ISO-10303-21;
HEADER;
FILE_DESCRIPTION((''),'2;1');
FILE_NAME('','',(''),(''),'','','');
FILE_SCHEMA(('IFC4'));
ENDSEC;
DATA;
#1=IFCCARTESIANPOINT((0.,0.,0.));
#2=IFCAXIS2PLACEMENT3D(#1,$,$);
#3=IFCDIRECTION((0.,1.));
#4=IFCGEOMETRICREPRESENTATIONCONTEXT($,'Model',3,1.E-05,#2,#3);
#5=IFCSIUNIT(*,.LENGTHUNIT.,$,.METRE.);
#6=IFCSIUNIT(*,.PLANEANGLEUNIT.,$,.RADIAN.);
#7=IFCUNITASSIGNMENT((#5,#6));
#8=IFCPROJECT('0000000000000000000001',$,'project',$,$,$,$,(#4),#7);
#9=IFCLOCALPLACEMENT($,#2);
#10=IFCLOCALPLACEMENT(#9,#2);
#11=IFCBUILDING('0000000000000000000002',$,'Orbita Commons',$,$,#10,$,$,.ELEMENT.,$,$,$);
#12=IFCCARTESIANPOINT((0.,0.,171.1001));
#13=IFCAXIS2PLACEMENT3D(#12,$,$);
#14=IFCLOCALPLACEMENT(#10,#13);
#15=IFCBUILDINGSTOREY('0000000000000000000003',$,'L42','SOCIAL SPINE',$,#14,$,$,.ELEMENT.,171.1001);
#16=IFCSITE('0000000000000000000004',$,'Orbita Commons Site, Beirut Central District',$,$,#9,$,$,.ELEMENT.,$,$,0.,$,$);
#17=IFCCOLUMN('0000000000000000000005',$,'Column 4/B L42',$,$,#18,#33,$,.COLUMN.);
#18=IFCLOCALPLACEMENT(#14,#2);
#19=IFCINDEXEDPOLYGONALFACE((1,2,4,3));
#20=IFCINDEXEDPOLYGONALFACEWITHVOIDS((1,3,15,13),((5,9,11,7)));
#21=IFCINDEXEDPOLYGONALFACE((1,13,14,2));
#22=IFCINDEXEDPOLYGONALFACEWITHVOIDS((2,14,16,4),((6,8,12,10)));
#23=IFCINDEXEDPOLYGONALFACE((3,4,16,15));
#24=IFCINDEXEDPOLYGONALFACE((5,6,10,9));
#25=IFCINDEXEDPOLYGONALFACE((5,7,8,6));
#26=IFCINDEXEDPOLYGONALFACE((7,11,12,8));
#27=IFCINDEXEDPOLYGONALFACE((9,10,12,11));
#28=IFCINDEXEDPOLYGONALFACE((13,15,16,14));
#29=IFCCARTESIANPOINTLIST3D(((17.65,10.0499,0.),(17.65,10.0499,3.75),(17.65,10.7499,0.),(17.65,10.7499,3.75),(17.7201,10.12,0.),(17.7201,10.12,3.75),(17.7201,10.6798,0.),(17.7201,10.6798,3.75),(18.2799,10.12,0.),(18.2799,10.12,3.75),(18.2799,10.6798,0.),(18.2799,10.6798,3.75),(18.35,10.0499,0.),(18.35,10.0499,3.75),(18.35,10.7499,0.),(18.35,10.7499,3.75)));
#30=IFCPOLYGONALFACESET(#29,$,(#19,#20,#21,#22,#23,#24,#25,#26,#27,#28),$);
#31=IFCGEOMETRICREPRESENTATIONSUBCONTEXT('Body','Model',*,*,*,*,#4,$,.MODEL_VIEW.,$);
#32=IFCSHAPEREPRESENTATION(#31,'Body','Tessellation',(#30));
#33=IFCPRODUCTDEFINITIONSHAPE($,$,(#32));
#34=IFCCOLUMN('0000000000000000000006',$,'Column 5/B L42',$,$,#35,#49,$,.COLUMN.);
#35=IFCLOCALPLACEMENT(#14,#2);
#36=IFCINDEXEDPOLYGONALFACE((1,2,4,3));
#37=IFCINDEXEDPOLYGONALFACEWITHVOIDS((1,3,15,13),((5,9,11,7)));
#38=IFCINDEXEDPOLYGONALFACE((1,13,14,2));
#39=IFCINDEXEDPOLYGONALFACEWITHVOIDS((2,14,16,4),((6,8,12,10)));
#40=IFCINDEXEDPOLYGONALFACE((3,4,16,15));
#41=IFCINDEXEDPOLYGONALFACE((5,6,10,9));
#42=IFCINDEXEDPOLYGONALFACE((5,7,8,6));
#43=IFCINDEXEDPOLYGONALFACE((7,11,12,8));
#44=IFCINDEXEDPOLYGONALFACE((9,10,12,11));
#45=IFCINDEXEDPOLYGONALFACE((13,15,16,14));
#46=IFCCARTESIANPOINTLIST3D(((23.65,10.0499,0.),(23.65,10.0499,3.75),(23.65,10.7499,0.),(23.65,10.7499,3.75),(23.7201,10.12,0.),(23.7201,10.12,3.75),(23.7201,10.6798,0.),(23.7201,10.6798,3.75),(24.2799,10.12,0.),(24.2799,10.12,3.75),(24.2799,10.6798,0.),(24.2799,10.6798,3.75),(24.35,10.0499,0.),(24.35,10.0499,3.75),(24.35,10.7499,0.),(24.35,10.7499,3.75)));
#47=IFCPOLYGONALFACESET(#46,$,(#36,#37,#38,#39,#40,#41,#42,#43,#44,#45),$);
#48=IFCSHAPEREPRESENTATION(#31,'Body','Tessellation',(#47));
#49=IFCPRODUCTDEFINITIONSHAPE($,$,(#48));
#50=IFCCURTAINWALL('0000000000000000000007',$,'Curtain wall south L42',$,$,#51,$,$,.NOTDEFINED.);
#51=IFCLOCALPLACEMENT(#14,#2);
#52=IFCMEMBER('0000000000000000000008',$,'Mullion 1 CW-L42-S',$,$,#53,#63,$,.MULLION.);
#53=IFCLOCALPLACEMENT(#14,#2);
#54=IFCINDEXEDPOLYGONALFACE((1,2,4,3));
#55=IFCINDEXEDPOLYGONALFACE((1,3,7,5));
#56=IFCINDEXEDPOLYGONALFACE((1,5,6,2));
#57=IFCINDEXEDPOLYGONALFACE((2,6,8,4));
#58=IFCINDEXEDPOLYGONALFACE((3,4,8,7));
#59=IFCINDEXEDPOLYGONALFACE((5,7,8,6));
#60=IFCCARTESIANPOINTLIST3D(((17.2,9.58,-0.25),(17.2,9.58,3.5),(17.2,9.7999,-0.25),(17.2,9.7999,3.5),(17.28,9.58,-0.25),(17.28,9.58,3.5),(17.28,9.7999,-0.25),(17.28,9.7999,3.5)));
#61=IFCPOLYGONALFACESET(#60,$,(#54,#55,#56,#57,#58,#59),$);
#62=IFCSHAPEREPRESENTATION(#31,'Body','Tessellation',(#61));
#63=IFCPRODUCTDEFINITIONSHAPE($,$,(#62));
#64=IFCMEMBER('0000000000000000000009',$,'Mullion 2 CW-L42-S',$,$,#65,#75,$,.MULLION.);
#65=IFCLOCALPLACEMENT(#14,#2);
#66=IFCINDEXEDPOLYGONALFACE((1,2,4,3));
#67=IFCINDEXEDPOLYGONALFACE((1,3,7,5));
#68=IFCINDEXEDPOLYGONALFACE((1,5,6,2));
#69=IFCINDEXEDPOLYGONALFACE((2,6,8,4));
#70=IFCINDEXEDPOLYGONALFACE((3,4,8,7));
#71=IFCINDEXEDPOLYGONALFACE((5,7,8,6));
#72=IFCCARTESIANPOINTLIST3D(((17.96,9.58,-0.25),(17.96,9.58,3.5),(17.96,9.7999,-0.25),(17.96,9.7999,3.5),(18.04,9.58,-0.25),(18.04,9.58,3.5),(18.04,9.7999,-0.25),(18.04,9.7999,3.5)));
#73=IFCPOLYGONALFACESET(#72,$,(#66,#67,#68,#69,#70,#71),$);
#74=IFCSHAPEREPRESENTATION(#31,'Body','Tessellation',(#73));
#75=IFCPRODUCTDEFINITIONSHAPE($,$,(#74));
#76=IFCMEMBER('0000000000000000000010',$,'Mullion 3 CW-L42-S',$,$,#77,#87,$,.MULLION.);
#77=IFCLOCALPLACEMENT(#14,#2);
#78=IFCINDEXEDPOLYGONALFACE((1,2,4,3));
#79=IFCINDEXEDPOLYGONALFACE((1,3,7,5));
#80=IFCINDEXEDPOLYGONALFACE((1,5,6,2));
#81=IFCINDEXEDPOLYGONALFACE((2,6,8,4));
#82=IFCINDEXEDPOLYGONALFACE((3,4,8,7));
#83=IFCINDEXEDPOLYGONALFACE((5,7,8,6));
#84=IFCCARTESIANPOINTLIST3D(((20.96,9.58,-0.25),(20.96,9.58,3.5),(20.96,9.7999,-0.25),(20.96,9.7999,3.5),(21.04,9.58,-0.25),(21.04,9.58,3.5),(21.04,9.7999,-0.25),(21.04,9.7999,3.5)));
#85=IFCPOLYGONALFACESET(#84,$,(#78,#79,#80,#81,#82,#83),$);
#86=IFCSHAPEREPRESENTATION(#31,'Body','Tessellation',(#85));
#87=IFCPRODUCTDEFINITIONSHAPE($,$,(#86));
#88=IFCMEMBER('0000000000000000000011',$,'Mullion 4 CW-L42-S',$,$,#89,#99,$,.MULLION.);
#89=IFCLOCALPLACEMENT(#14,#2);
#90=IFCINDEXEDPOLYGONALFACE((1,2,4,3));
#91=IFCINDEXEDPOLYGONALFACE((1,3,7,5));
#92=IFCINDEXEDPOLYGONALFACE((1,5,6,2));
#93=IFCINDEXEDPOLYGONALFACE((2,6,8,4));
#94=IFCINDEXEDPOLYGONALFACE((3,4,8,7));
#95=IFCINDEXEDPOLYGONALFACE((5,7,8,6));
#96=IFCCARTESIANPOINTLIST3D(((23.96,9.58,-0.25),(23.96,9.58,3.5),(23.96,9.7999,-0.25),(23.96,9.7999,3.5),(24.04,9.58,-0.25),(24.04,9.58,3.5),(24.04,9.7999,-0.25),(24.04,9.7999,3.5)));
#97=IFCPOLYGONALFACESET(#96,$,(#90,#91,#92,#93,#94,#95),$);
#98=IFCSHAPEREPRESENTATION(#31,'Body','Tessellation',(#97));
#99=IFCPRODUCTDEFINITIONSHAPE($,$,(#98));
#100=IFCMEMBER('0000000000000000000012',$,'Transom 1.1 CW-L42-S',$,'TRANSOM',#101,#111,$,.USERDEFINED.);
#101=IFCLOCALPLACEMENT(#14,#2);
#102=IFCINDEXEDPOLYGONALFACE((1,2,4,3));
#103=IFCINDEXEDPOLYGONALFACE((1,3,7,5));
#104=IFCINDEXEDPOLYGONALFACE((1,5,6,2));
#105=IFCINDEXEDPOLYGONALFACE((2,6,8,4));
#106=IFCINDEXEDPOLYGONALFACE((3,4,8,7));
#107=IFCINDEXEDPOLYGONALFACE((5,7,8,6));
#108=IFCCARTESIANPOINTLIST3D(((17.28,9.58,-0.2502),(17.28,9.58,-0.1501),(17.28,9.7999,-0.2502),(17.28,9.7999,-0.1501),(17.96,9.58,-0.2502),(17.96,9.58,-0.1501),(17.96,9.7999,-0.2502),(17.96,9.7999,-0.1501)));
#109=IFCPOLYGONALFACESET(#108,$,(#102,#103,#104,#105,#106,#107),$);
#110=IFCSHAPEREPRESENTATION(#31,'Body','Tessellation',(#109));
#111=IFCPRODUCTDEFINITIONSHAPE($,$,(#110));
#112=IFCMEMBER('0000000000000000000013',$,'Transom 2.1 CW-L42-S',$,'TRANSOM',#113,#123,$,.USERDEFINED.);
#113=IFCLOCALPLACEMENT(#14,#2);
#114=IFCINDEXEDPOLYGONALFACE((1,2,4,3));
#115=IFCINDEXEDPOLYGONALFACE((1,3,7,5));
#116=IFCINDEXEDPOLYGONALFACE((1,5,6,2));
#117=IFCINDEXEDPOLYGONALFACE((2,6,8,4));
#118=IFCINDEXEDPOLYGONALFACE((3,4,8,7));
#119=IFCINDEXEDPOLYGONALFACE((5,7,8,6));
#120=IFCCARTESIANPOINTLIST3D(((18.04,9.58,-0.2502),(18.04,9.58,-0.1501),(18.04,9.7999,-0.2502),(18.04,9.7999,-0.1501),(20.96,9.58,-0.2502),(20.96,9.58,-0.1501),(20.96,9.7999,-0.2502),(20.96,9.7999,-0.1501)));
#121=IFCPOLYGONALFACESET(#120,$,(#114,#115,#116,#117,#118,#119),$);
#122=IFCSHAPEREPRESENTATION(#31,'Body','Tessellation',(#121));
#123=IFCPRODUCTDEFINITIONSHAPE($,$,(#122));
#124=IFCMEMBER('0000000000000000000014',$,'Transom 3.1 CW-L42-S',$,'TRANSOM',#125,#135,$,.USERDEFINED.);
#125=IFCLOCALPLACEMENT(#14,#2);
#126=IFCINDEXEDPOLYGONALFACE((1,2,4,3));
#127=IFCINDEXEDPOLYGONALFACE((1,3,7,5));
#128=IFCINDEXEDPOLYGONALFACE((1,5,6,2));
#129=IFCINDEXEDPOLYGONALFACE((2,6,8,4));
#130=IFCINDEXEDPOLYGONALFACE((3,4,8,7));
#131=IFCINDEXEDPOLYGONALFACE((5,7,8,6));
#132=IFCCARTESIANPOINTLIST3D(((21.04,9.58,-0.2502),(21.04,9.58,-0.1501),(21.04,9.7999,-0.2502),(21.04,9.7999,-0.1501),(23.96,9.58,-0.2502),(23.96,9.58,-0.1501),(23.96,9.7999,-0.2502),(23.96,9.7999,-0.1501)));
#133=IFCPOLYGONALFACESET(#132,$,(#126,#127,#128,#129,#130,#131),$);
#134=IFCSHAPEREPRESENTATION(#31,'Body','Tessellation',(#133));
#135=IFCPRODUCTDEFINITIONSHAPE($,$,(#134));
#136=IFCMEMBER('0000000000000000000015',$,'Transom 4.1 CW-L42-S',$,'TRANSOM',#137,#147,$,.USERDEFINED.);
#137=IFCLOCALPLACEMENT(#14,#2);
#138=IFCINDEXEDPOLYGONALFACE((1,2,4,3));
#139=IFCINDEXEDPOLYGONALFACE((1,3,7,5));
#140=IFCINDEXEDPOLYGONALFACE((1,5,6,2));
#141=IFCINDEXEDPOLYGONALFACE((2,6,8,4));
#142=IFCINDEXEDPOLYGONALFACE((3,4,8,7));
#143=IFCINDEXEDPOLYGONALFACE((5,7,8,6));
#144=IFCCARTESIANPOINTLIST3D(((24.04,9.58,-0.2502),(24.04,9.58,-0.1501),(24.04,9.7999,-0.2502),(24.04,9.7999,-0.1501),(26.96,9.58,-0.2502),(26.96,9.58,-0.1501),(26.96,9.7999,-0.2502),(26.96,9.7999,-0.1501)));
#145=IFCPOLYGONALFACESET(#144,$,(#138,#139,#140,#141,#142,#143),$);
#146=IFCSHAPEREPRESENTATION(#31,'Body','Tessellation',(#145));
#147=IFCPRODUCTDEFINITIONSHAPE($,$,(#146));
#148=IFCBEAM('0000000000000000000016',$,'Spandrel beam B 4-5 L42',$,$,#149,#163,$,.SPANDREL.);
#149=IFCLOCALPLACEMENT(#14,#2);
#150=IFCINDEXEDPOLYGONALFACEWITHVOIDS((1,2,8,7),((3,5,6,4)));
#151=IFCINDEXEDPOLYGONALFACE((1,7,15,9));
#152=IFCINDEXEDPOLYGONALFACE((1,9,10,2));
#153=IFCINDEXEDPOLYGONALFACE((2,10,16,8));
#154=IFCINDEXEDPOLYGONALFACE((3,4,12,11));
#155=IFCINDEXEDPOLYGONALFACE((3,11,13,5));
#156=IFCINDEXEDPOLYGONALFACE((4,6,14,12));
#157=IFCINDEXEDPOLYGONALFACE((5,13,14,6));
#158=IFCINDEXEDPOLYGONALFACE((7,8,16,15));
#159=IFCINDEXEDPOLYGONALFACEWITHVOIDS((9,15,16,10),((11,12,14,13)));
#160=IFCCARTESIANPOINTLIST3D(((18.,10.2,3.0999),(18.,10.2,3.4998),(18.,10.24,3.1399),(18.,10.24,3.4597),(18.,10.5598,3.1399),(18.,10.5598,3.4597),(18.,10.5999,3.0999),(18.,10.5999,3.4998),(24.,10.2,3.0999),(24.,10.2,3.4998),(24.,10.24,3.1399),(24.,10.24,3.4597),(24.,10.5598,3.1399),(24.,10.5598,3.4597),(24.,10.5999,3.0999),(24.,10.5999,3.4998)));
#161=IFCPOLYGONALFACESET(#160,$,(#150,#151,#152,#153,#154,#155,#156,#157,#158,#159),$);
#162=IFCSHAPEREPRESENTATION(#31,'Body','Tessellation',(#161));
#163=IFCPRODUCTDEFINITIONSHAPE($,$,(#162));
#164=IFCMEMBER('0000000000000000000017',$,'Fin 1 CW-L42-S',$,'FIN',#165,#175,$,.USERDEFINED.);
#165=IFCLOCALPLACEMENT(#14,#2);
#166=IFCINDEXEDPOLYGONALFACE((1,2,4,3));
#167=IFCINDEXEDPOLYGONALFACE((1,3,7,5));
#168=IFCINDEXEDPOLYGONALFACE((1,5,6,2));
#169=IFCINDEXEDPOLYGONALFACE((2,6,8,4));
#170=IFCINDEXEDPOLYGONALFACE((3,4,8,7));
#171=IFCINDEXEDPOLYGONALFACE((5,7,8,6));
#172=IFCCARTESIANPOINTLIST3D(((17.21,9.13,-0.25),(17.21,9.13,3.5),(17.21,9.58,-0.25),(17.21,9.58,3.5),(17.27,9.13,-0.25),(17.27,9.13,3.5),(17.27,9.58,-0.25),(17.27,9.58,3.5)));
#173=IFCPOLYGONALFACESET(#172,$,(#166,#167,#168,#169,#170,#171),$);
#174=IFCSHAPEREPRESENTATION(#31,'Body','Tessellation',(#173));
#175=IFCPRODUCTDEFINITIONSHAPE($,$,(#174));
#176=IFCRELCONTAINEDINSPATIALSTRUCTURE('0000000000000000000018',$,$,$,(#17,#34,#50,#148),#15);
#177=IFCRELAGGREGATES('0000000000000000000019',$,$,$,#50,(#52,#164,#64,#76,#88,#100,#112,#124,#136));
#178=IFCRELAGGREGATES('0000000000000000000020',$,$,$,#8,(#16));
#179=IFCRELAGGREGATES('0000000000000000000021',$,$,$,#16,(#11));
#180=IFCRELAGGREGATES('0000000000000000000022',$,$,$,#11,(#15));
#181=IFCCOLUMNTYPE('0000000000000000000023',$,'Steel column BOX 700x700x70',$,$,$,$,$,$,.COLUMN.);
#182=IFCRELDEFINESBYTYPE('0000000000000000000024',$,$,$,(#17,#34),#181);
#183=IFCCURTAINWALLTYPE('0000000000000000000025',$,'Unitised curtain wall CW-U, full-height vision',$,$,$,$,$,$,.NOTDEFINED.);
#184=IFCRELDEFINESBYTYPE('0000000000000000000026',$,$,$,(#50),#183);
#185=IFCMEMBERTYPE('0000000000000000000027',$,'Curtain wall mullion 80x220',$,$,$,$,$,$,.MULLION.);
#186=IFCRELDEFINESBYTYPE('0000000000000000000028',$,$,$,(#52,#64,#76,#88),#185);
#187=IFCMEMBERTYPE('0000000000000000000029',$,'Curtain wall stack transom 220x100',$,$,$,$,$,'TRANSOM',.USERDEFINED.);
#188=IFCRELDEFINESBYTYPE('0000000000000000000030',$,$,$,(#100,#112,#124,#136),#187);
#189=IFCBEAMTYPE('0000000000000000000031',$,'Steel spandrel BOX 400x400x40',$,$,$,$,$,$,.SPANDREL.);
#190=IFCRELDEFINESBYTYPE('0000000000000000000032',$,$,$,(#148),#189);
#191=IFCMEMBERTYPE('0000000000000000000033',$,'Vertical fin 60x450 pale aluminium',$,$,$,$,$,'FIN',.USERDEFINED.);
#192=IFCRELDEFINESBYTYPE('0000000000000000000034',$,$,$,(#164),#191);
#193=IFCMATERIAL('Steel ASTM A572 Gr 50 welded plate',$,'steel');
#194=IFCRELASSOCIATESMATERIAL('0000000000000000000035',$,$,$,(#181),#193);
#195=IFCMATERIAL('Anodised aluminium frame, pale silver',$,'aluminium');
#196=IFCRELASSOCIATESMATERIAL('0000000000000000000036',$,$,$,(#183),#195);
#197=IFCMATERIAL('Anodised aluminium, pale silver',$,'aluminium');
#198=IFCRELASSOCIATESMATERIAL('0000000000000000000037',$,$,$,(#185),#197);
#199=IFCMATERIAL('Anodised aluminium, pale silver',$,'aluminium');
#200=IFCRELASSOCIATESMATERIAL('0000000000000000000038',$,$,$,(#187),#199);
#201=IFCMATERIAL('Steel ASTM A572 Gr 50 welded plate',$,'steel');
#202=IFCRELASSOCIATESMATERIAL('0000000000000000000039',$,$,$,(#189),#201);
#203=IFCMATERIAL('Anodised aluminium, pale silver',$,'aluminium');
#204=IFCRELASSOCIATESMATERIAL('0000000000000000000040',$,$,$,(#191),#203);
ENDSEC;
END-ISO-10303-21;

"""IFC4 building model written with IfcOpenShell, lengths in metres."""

from ifc_helpers import new_model, si_unit, direction, frame, origin, origin_2d, place, context, subcontext, project, spatial, rectangle, hollow_rectangle, extrude, material, material_profile, profile_set, type_object, element, aggregate, save


model = new_model("IFC4")

# Units and contexts
model_context = context("Model", 3, precision=1e-05, world=origin(), true_north=direction((0.0, 1.0)))
body_context = subcontext(model_context, "Body", "Model", "MODEL_VIEW")
ifc_project = project(units=[si_unit("LENGTHUNIT", "METRE"), si_unit("PLANEANGLEUNIT", "RADIAN")], contexts=[model_context])

# Site, building, storey
site_placement = place(None, origin())
site = spatial("IfcSite", under=ifc_project, at=site_placement, Name="Orbita Commons Site, Beirut Central District", CompositionType="ELEMENT", RefElevation=0.0)
building_placement = place(site_placement, origin())
building = spatial("IfcBuilding", under=site, at=building_placement, Name="Orbita Commons", CompositionType="ELEMENT")
storey_placement = place(building_placement, frame((0.0, 0.0, 171.1001)))
storey = spatial("IfcBuildingStorey", under=building, at=storey_placement, Name="L42", Description="SOCIAL SPINE", CompositionType="ELEMENT", Elevation=171.1001)

# Columns
ifc_material_1 = material(Name="Steel ASTM A572 Gr 50 welded plate", Category="steel")
ifc_material_profile_1 = material_profile(ifc_material_1, hollow_rectangle(XDim=0.7, YDim=0.7, WallThickness=0.0701, at=origin_2d()), Name="BOX 700x700x70")
ifc_profile_set_1 = profile_set([ifc_material_profile_1], Name="Steel ASTM A572 Gr 50 welded plate")
column_type = type_object("IfcColumnType", Name="Steel column BOX 700x700x70", PredefinedType="COLUMN", material=ifc_profile_set_1)
for number, where, z_axis, x_axis, name in (
    (1, (18.0, 10.3999, 0.0), (0.0, 0.0, 1.0), (1.0, 0.0, 0.0), "Column 4/B L42"),
    (2, (24.0, 10.3999, 0.0), (0.0, 0.0, 1.0), (1.0, 0.0, 0.0), "Column 5/B L42"),
):
    element("IfcColumn", number, at=place(storey_placement, frame(where, z_axis=z_axis, x_axis=x_axis)), inside=storey, type_object=column_type, Name=name, PredefinedType="COLUMN", context=body_context, shape_type="SweptSolid", body=[
        extrude(hollow_rectangle(XDim=0.7, YDim=0.7, WallThickness=0.0701, at=origin_2d()), origin(), (0.0, 0.0, 1.0), 3.75),
    ])

# Curtain wall, members
ifc_material_2 = material(Name="Anodised aluminium frame, pale silver", Category="aluminium")
curtain_wall_type = type_object("IfcCurtainWallType", Name="Unitised curtain wall CW-U, full-height vision", PredefinedType="NOTDEFINED", material=ifc_material_2)
curtain_wall_placement = place(storey_placement, origin())
curtain_wall = element("IfcCurtainWall", 3, at=curtain_wall_placement, inside=storey, type_object=curtain_wall_type, Name="Curtain wall south L42", PredefinedType="NOTDEFINED")
ifc_material_3 = material(Name="Anodised aluminium, pale silver", Category="aluminium")
ifc_material_profile_2 = material_profile(ifc_material_3, rectangle(XDim=0.0801, YDim=0.22, at=origin_2d()), Name="AL 80x220")
ifc_profile_set_2 = profile_set([ifc_material_profile_2], Name="Anodised aluminium, pale silver")
member_type_1 = type_object("IfcMemberType", Name="Curtain wall mullion 80x220", PredefinedType="MULLION", material=ifc_profile_set_2)
member_1_placement = place(storey_placement, frame((17.24, 9.6899, -0.25), z_axis=(0.0, 0.0, 1.0), x_axis=(1.0, 0.0, 0.0)))
member_1 = element("IfcMember", 4, at=member_1_placement, type_object=member_type_1, Name="Mullion 1 CW-L42-S", PredefinedType="MULLION", context=body_context, shape_type="SweptSolid", body=[
    extrude(rectangle(XDim=0.0801, YDim=0.22, at=origin_2d()), origin(), (0.0, 0.0, 1.0), 3.75),
])
member_2_placement = place(storey_placement, frame((18.0, 9.6899, -0.25), z_axis=(0.0, 0.0, 1.0), x_axis=(1.0, 0.0, 0.0)))
member_2 = element("IfcMember", 5, at=member_2_placement, type_object=member_type_1, Name="Mullion 2 CW-L42-S", PredefinedType="MULLION", context=body_context, shape_type="SweptSolid", body=[
    extrude(rectangle(XDim=0.0801, YDim=0.22, at=origin_2d()), origin(), (0.0, 0.0, 1.0), 3.75),
])
member_3_placement = place(storey_placement, frame((21.0, 9.6899, -0.25), z_axis=(0.0, 0.0, 1.0), x_axis=(1.0, 0.0, 0.0)))
member_3 = element("IfcMember", 6, at=member_3_placement, type_object=member_type_1, Name="Mullion 3 CW-L42-S", PredefinedType="MULLION", context=body_context, shape_type="SweptSolid", body=[
    extrude(rectangle(XDim=0.0801, YDim=0.22, at=origin_2d()), origin(), (0.0, 0.0, 1.0), 3.75),
])
member_4_placement = place(storey_placement, frame((24.0, 9.6899, -0.25), z_axis=(0.0, 0.0, 1.0), x_axis=(1.0, 0.0, 0.0)))
member_4 = element("IfcMember", 7, at=member_4_placement, type_object=member_type_1, Name="Mullion 4 CW-L42-S", PredefinedType="MULLION", context=body_context, shape_type="SweptSolid", body=[
    extrude(rectangle(XDim=0.0801, YDim=0.22, at=origin_2d()), origin(), (0.0, 0.0, 1.0), 3.75),
])
ifc_material_4 = material(Name="Anodised aluminium, pale silver", Category="aluminium")
ifc_material_profile_3 = material_profile(ifc_material_4, rectangle(XDim=0.22, YDim=0.1001, at=origin_2d()), Name="AL 220x100")
ifc_profile_set_3 = profile_set([ifc_material_profile_3], Name="Anodised aluminium, pale silver")
member_type_2 = type_object("IfcMemberType", Name="Curtain wall stack transom 220x100", ElementType="TRANSOM", PredefinedType="USERDEFINED", material=ifc_profile_set_3)
member_5_placement = place(storey_placement, frame((17.28, 9.6899, -0.2002), z_axis=(1.0, 0.0, 0.0), x_axis=(0.0, 1.0, 0.0)))
member_5 = element("IfcMember", 8, at=member_5_placement, type_object=member_type_2, Name="Transom 1.1 CW-L42-S", ObjectType="TRANSOM", PredefinedType="USERDEFINED", context=body_context, shape_type="SweptSolid", body=[
    extrude(rectangle(XDim=0.22, YDim=0.1001, at=origin_2d()), origin(), (0.0, 0.0, 1.0), 0.6799),
])
member_6_placement = place(storey_placement, frame((18.04, 9.6899, -0.2002), z_axis=(1.0, 0.0, 0.0), x_axis=(0.0, 1.0, 0.0)))
member_6 = element("IfcMember", 9, at=member_6_placement, type_object=member_type_2, Name="Transom 2.1 CW-L42-S", ObjectType="TRANSOM", PredefinedType="USERDEFINED", context=body_context, shape_type="SweptSolid", body=[
    extrude(rectangle(XDim=0.22, YDim=0.1001, at=origin_2d()), origin(), (0.0, 0.0, 1.0), 2.9199),
])
member_7_placement = place(storey_placement, frame((21.04, 9.6899, -0.2002), z_axis=(1.0, 0.0, 0.0), x_axis=(0.0, 1.0, 0.0)))
member_7 = element("IfcMember", 10, at=member_7_placement, type_object=member_type_2, Name="Transom 3.1 CW-L42-S", ObjectType="TRANSOM", PredefinedType="USERDEFINED", context=body_context, shape_type="SweptSolid", body=[
    extrude(rectangle(XDim=0.22, YDim=0.1001, at=origin_2d()), origin(), (0.0, 0.0, 1.0), 2.9199),
])
member_8_placement = place(storey_placement, frame((24.04, 9.6899, -0.2002), z_axis=(1.0, 0.0, 0.0), x_axis=(0.0, 1.0, 0.0)))
member_8 = element("IfcMember", 11, at=member_8_placement, type_object=member_type_2, Name="Transom 4.1 CW-L42-S", ObjectType="TRANSOM", PredefinedType="USERDEFINED", context=body_context, shape_type="SweptSolid", body=[
    extrude(rectangle(XDim=0.22, YDim=0.1001, at=origin_2d()), origin(), (0.0, 0.0, 1.0), 2.9199),
])

# Beam
ifc_material_5 = material(Name="Steel ASTM A572 Gr 50 welded plate", Category="steel")
ifc_material_profile_4 = material_profile(ifc_material_5, hollow_rectangle(XDim=0.3999, YDim=0.3999, WallThickness=0.04, at=origin_2d()), Name="BOX 400x400x40")
ifc_profile_set_4 = profile_set([ifc_material_profile_4], Name="Steel ASTM A572 Gr 50 welded plate")
beam_type = type_object("IfcBeamType", Name="Steel spandrel BOX 400x400x40", PredefinedType="SPANDREL", material=ifc_profile_set_4)
beam_placement = place(storey_placement, frame((18.0, 10.3999, 3.2998), z_axis=(1.0, 0.0, 0.0), x_axis=(0.0, 1.0, 0.0)))
element("IfcBeam", 12, at=beam_placement, inside=storey, type_object=beam_type, Name="Spandrel beam B 4-5 L42", PredefinedType="SPANDREL", context=body_context, shape_type="SweptSolid", body=[
    extrude(hollow_rectangle(XDim=0.3999, YDim=0.3999, WallThickness=0.04, at=origin_2d()), origin(), (0.0, 0.0, 1.0), 6.0),
])

# Member
ifc_material_6 = material(Name="Anodised aluminium, pale silver", Category="aluminium")
ifc_material_profile_5 = material_profile(ifc_material_6, rectangle(XDim=0.0601, YDim=0.45, at=origin_2d()), Name="FIN 60x450")
ifc_profile_set_5 = profile_set([ifc_material_profile_5], Name="Anodised aluminium, pale silver")
member_type_3 = type_object("IfcMemberType", Name="Vertical fin 60x450 pale aluminium", ElementType="FIN", PredefinedType="USERDEFINED", material=ifc_profile_set_5)
member_9_placement = place(storey_placement, frame((17.24, 9.355, -0.25), z_axis=(0.0, 0.0, 1.0), x_axis=(1.0, 0.0, 0.0)))
member_9 = element("IfcMember", 13, at=member_9_placement, type_object=member_type_3, Name="Fin 1 CW-L42-S", ObjectType="FIN", PredefinedType="USERDEFINED", context=body_context, shape_type="SweptSolid", body=[
    extrude(rectangle(XDim=0.0601, YDim=0.45, at=origin_2d()), origin(), (0.0, 0.0, 1.0), 3.75),
])

aggregate(curtain_wall, [member_1, member_9, member_2, member_3, member_4, member_5, member_6, member_7, member_8])

save(model, "model.ifc")
